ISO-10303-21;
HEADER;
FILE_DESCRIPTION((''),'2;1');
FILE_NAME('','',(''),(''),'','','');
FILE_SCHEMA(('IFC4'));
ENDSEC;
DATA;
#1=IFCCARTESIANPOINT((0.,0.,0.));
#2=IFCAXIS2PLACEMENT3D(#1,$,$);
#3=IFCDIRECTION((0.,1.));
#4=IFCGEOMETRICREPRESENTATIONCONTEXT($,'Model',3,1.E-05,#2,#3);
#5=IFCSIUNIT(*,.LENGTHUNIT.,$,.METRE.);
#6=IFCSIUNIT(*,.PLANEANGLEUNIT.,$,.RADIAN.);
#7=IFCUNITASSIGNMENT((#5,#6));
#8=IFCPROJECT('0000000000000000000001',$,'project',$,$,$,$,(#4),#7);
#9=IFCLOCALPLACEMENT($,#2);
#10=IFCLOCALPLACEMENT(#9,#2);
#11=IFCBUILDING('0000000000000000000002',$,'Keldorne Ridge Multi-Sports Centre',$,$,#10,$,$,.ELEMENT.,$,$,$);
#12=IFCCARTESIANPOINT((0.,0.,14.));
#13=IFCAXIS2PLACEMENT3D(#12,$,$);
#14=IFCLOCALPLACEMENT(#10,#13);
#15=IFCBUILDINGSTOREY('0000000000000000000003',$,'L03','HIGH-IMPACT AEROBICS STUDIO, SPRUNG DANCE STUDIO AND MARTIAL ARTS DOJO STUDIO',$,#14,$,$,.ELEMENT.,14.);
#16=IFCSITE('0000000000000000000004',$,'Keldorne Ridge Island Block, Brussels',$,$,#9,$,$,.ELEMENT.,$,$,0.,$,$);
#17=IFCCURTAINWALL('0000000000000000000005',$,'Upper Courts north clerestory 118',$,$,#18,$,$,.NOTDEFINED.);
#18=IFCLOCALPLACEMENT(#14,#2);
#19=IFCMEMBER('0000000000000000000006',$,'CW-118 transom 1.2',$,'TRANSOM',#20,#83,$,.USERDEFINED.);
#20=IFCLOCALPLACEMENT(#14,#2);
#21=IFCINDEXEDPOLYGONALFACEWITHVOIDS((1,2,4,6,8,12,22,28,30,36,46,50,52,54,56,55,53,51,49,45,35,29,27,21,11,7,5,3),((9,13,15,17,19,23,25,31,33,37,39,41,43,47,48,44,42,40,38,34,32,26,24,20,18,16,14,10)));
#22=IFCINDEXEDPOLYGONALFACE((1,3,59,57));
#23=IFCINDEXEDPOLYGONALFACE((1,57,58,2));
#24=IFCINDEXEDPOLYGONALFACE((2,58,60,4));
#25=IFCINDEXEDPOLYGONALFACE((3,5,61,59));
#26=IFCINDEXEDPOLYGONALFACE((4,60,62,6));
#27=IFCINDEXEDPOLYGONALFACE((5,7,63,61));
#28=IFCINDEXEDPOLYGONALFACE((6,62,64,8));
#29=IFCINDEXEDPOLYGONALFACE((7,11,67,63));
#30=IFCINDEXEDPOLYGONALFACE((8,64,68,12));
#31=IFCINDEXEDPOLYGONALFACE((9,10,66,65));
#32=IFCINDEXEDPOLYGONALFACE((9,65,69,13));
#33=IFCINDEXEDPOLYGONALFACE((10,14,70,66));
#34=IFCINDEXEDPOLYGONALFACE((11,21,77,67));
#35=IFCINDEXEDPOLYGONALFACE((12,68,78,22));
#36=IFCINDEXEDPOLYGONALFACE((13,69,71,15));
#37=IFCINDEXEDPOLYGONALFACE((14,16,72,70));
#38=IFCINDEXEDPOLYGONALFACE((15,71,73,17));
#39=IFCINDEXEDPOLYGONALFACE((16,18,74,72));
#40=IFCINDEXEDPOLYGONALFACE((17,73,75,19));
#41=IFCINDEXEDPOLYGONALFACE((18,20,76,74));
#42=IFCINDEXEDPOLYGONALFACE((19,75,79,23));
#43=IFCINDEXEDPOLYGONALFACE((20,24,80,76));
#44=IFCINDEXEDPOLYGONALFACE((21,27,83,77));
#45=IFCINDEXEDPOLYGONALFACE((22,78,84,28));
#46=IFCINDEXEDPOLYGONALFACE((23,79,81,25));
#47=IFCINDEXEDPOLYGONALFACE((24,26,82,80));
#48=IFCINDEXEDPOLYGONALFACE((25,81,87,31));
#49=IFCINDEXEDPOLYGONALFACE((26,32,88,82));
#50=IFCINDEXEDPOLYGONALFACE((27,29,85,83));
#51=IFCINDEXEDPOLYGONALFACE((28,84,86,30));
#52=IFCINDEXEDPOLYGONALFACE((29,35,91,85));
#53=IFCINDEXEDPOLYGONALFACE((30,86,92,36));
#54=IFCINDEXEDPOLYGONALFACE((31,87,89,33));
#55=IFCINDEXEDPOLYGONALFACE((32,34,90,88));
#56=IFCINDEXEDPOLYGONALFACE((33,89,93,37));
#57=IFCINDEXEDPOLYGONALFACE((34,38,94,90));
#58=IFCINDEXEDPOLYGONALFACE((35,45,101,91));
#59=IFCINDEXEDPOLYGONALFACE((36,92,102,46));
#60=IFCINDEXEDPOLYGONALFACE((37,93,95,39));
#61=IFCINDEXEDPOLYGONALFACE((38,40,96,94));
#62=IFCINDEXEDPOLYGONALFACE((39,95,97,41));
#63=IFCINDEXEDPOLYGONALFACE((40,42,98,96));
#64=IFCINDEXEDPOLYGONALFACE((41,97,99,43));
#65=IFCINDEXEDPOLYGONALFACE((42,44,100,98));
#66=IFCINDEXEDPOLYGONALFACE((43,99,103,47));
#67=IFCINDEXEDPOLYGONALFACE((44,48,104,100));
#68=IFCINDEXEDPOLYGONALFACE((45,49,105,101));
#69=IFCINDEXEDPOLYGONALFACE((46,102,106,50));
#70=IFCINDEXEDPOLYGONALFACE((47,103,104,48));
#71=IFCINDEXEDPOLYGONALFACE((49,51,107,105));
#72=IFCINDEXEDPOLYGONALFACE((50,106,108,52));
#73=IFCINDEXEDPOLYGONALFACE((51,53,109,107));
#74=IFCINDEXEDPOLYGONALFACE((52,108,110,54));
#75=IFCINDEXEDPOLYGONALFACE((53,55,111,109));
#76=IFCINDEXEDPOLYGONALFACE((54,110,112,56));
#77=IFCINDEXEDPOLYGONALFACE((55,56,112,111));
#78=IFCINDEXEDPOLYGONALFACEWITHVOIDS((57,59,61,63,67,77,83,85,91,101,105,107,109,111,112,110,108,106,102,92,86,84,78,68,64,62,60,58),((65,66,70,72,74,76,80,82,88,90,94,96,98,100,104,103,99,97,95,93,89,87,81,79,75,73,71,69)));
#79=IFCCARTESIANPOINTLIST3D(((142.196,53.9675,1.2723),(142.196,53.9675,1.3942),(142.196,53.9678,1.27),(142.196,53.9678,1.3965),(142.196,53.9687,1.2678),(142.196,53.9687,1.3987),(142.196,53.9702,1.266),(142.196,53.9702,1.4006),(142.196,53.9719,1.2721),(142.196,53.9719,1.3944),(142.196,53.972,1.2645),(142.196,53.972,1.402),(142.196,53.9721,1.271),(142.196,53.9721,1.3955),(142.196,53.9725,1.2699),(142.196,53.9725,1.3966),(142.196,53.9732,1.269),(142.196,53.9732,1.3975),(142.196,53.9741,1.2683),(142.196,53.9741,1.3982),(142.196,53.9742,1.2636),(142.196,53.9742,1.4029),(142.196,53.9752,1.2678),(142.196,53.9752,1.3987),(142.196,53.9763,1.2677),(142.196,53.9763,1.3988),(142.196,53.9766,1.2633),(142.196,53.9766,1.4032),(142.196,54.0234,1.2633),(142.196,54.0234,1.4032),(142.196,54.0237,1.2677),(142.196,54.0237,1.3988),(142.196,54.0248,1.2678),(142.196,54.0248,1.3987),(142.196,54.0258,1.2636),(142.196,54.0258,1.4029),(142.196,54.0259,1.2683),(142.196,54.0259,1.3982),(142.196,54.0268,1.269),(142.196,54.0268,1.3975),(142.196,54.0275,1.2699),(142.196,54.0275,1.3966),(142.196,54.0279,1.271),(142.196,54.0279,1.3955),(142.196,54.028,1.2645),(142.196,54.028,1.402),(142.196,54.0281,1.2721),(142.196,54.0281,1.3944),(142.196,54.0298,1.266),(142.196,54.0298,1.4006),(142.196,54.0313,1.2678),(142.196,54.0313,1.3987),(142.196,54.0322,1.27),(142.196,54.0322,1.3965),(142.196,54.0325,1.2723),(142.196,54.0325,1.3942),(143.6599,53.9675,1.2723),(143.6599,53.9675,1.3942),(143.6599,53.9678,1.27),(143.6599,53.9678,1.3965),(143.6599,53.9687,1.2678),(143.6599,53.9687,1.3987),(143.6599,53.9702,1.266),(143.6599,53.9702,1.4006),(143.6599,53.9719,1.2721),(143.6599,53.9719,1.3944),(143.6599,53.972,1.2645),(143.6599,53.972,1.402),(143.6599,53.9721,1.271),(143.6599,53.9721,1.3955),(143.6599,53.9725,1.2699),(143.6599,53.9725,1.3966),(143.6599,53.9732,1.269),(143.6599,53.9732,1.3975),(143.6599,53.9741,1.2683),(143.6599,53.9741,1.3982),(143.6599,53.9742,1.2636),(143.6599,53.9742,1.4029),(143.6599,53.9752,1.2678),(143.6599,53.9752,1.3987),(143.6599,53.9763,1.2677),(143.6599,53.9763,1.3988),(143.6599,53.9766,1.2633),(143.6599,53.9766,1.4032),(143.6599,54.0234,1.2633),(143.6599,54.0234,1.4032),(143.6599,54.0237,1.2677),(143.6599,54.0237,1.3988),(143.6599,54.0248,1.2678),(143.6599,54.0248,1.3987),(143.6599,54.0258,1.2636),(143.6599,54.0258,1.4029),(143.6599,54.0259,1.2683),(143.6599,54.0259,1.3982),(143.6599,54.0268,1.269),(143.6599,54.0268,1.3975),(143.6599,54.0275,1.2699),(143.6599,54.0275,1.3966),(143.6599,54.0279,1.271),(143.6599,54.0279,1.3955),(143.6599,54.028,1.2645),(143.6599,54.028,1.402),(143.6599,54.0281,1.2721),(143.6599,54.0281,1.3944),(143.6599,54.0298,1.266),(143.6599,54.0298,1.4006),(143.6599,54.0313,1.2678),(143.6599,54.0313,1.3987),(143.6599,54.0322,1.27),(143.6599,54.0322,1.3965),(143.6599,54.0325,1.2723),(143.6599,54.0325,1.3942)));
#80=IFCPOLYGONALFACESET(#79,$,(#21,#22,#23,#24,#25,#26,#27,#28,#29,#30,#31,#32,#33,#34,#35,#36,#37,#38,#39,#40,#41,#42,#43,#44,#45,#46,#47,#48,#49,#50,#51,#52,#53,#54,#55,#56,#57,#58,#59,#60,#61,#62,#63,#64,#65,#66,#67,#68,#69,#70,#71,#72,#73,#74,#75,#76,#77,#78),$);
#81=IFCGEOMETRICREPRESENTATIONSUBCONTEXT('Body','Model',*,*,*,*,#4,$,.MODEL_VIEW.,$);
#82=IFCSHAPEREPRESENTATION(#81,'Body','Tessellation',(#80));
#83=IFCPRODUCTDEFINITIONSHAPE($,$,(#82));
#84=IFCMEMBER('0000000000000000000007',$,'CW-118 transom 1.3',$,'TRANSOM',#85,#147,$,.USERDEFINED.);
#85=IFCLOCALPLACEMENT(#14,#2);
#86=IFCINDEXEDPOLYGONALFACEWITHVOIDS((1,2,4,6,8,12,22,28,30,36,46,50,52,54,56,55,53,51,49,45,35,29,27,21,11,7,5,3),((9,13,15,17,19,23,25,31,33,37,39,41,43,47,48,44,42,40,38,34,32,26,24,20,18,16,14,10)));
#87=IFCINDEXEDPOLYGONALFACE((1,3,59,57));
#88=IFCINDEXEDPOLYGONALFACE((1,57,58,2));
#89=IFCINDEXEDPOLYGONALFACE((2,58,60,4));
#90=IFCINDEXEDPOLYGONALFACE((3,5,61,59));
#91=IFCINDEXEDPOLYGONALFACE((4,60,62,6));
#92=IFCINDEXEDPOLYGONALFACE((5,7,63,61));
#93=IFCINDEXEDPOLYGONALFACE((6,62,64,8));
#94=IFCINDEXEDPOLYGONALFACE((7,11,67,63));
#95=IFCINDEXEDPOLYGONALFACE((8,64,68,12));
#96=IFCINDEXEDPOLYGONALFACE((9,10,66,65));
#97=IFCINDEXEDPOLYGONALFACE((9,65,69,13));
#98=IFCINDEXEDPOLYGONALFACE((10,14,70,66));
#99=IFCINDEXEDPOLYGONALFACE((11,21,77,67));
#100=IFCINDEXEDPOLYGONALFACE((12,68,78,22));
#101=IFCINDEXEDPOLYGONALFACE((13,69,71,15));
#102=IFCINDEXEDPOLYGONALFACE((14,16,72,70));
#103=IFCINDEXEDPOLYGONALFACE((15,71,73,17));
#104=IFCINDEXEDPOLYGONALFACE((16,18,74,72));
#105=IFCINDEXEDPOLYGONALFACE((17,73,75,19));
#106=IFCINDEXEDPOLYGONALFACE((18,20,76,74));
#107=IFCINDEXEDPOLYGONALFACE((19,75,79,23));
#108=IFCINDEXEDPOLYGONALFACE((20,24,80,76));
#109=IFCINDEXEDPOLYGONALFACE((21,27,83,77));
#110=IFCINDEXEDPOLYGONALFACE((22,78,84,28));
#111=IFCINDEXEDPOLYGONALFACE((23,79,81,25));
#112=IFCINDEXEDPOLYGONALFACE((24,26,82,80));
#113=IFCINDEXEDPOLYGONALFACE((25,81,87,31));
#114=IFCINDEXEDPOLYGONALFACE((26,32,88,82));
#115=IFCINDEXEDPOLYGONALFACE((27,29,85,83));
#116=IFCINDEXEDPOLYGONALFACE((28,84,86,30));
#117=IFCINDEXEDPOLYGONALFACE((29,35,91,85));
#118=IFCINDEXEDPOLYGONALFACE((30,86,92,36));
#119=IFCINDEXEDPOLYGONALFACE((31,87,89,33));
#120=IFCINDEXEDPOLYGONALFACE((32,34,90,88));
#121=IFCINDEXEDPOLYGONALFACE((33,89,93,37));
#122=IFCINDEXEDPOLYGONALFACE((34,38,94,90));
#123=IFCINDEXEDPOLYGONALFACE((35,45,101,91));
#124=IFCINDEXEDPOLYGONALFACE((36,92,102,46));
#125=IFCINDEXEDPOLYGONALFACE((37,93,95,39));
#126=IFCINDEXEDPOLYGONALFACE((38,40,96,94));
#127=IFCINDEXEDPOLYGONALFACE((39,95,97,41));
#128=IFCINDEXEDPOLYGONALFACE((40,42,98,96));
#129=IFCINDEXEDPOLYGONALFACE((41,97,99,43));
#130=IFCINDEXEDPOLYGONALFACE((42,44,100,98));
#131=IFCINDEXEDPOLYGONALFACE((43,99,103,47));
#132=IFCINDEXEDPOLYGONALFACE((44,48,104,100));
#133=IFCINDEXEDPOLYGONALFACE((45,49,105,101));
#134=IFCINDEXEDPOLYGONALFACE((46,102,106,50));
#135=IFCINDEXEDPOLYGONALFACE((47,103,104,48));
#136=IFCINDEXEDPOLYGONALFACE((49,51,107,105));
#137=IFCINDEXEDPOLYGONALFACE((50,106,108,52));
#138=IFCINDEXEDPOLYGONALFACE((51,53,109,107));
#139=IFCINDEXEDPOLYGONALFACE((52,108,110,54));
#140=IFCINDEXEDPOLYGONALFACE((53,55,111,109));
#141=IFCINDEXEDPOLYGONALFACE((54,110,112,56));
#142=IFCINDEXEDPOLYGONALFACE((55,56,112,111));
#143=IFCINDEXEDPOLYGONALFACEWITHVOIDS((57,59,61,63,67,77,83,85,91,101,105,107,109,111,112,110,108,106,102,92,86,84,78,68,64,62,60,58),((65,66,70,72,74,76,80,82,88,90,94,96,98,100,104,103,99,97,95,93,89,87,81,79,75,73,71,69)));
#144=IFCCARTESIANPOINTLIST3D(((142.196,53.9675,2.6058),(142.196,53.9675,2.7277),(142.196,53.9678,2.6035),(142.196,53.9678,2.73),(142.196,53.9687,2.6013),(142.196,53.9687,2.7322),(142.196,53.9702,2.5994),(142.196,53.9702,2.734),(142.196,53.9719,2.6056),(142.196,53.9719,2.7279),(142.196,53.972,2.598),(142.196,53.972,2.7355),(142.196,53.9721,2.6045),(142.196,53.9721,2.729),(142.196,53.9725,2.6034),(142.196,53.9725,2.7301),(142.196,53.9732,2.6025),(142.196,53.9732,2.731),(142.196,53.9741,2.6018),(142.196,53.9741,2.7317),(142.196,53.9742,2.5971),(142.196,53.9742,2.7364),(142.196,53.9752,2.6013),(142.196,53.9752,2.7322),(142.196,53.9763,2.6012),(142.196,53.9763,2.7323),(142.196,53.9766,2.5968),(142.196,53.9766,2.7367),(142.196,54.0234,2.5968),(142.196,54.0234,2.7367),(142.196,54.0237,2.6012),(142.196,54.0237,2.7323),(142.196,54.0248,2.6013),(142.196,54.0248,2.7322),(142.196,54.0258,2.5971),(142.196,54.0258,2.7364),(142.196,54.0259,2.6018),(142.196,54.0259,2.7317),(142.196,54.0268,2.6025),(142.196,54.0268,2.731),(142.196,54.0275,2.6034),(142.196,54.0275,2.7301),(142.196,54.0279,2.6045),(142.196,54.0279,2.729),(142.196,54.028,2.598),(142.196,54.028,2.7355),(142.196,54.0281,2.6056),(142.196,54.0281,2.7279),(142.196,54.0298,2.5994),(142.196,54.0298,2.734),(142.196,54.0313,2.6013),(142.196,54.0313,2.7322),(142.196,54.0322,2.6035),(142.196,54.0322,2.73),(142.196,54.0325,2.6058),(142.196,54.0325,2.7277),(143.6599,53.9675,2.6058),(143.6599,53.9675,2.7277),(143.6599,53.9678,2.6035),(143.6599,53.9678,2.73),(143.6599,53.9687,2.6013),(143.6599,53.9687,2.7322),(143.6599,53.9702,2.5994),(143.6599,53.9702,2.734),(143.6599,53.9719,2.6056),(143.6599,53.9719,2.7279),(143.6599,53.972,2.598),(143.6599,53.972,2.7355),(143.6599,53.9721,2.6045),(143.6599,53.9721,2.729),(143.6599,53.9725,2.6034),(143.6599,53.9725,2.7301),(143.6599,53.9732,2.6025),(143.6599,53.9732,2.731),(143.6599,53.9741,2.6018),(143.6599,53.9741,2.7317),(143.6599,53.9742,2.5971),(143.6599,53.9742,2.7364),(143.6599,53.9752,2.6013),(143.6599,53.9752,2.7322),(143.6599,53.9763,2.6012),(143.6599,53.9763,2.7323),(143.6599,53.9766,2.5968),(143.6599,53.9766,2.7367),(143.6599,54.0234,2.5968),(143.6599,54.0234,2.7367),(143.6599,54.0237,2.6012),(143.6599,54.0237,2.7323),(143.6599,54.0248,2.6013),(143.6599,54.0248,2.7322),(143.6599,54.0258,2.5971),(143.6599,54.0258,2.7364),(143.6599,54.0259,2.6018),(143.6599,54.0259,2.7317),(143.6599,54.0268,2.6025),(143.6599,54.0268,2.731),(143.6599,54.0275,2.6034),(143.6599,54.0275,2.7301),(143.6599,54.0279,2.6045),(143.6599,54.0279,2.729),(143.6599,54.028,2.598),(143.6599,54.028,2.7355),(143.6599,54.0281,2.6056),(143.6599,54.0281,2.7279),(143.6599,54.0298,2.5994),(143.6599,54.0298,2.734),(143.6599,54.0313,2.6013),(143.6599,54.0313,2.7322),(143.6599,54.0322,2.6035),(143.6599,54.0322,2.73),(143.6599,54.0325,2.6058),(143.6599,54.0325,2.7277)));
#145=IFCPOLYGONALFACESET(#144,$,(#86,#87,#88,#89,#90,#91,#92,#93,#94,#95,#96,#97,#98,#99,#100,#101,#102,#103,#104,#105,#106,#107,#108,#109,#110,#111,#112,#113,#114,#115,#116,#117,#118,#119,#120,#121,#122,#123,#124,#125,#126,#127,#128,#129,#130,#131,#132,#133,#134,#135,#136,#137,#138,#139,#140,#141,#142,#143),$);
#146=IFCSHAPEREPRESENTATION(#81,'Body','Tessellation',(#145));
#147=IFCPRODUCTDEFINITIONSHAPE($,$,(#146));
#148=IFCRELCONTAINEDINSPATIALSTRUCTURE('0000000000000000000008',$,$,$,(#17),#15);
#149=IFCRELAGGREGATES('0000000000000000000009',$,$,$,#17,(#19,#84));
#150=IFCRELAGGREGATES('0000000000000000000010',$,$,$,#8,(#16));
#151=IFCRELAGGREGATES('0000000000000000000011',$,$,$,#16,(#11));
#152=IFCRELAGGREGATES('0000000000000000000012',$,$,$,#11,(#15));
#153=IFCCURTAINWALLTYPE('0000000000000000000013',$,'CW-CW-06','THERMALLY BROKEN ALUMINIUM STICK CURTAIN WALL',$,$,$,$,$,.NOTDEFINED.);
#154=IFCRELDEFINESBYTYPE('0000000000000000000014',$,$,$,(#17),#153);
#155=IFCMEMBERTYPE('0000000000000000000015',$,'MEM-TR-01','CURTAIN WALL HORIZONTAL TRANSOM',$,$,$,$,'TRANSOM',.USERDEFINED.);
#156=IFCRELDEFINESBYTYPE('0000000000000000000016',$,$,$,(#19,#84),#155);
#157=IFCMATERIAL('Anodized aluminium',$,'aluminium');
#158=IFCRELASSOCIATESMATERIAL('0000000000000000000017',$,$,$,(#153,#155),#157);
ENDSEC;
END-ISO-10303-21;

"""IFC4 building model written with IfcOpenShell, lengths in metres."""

from ifc_helpers import new_model, si_unit, direction, frame, origin, origin_2d, place, context, subcontext, project, spatial, hollow_rectangle, extrude, material, material_profile, profile_set, type_object, element, aggregate, save


model = new_model("IFC4")

# Units and contexts
model_context = context("Model", 3, precision=1e-05, world=origin(), true_north=direction((0.0, 1.0)))
body_context = subcontext(model_context, "Body", "Model", "MODEL_VIEW")
ifc_project = project(units=[si_unit("LENGTHUNIT", "METRE"), si_unit("PLANEANGLEUNIT", "RADIAN")], contexts=[model_context])

# Site, building, storey
site_placement = place(None, origin())
site = spatial("IfcSite", under=ifc_project, at=site_placement, Name="Keldorne Ridge Island Block, Brussels", CompositionType="ELEMENT", RefElevation=0.0)
building_placement = place(site_placement, origin())
building = spatial("IfcBuilding", under=site, at=building_placement, Name="Keldorne Ridge Multi-Sports Centre", CompositionType="ELEMENT")
storey_placement = place(building_placement, frame((0.0, 0.0, 14.0)))
storey = spatial("IfcBuildingStorey", under=building, at=storey_placement, Name="L03", Description="HIGH-IMPACT AEROBICS STUDIO, SPRUNG DANCE STUDIO AND MARTIAL ARTS DOJO STUDIO", CompositionType="ELEMENT", Elevation=14.0)

# Curtain wall
ifc_material_1 = material(Name="Anodized aluminium", Category="aluminium")
curtain_wall_type_1 = type_object("IfcCurtainWallType", Name="CW-CW-06", Description="THERMALLY BROKEN ALUMINIUM STICK CURTAIN WALL", PredefinedType="NOTDEFINED", material=ifc_material_1)
curtain_wall_1_placement = place(storey_placement, origin())
curtain_wall_1 = element("IfcCurtainWall", 1, at=curtain_wall_1_placement, inside=storey, type_object=curtain_wall_type_1, Name="Upper Courts north clerestory 118", PredefinedType="NOTDEFINED")

# Members
ifc_material_profile_1 = material_profile(ifc_material_1, hollow_rectangle(XDim=0.0649, YDim=0.1399, WallThickness=0.0044, InnerFilletRadius=0.0044, OuterFilletRadius=0.009, at=origin_2d()), Name="ALU TRANSOM 140x65x4.5")
ifc_profile_set_1 = profile_set([ifc_material_profile_1], Name="Anodized aluminium")
member_type_1 = type_object("IfcMemberType", Name="MEM-TR-01", Description="CURTAIN WALL HORIZONTAL TRANSOM", ElementType="TRANSOM", PredefinedType="USERDEFINED", material=ifc_profile_set_1)
member_1_placement = place(storey_placement, frame((143.6599, 54.0, 1.3333), z_axis=(-1.0, 0.0, 0.0), x_axis=(0.0, -1.0, 0.0)))
member_1 = element("IfcMember", 2, at=member_1_placement, type_object=member_type_1, Name="CW-118 transom 1.2", ObjectType="TRANSOM", PredefinedType="USERDEFINED", context=body_context, shape_type="SweptSolid", body=[
    extrude(hollow_rectangle(XDim=0.0649, YDim=0.1399, WallThickness=0.0044, InnerFilletRadius=0.0044, OuterFilletRadius=0.009, at=origin_2d()), origin(), (0.0, 0.0, 1.0), 1.4639),
])
member_2_placement = place(storey_placement, frame((143.6599, 54.0, 2.6667), z_axis=(-1.0, 0.0, 0.0), x_axis=(0.0, -1.0, 0.0)))
member_2 = element("IfcMember", 3, at=member_2_placement, type_object=member_type_1, Name="CW-118 transom 1.3", ObjectType="TRANSOM", PredefinedType="USERDEFINED", context=body_context, shape_type="SweptSolid", body=[
    extrude(hollow_rectangle(XDim=0.0649, YDim=0.1399, WallThickness=0.0044, InnerFilletRadius=0.0044, OuterFilletRadius=0.009, at=origin_2d()), origin(), (0.0, 0.0, 1.0), 1.4639),
])

aggregate(curtain_wall_1, [member_1, member_2])

save(model, "model.ifc")
